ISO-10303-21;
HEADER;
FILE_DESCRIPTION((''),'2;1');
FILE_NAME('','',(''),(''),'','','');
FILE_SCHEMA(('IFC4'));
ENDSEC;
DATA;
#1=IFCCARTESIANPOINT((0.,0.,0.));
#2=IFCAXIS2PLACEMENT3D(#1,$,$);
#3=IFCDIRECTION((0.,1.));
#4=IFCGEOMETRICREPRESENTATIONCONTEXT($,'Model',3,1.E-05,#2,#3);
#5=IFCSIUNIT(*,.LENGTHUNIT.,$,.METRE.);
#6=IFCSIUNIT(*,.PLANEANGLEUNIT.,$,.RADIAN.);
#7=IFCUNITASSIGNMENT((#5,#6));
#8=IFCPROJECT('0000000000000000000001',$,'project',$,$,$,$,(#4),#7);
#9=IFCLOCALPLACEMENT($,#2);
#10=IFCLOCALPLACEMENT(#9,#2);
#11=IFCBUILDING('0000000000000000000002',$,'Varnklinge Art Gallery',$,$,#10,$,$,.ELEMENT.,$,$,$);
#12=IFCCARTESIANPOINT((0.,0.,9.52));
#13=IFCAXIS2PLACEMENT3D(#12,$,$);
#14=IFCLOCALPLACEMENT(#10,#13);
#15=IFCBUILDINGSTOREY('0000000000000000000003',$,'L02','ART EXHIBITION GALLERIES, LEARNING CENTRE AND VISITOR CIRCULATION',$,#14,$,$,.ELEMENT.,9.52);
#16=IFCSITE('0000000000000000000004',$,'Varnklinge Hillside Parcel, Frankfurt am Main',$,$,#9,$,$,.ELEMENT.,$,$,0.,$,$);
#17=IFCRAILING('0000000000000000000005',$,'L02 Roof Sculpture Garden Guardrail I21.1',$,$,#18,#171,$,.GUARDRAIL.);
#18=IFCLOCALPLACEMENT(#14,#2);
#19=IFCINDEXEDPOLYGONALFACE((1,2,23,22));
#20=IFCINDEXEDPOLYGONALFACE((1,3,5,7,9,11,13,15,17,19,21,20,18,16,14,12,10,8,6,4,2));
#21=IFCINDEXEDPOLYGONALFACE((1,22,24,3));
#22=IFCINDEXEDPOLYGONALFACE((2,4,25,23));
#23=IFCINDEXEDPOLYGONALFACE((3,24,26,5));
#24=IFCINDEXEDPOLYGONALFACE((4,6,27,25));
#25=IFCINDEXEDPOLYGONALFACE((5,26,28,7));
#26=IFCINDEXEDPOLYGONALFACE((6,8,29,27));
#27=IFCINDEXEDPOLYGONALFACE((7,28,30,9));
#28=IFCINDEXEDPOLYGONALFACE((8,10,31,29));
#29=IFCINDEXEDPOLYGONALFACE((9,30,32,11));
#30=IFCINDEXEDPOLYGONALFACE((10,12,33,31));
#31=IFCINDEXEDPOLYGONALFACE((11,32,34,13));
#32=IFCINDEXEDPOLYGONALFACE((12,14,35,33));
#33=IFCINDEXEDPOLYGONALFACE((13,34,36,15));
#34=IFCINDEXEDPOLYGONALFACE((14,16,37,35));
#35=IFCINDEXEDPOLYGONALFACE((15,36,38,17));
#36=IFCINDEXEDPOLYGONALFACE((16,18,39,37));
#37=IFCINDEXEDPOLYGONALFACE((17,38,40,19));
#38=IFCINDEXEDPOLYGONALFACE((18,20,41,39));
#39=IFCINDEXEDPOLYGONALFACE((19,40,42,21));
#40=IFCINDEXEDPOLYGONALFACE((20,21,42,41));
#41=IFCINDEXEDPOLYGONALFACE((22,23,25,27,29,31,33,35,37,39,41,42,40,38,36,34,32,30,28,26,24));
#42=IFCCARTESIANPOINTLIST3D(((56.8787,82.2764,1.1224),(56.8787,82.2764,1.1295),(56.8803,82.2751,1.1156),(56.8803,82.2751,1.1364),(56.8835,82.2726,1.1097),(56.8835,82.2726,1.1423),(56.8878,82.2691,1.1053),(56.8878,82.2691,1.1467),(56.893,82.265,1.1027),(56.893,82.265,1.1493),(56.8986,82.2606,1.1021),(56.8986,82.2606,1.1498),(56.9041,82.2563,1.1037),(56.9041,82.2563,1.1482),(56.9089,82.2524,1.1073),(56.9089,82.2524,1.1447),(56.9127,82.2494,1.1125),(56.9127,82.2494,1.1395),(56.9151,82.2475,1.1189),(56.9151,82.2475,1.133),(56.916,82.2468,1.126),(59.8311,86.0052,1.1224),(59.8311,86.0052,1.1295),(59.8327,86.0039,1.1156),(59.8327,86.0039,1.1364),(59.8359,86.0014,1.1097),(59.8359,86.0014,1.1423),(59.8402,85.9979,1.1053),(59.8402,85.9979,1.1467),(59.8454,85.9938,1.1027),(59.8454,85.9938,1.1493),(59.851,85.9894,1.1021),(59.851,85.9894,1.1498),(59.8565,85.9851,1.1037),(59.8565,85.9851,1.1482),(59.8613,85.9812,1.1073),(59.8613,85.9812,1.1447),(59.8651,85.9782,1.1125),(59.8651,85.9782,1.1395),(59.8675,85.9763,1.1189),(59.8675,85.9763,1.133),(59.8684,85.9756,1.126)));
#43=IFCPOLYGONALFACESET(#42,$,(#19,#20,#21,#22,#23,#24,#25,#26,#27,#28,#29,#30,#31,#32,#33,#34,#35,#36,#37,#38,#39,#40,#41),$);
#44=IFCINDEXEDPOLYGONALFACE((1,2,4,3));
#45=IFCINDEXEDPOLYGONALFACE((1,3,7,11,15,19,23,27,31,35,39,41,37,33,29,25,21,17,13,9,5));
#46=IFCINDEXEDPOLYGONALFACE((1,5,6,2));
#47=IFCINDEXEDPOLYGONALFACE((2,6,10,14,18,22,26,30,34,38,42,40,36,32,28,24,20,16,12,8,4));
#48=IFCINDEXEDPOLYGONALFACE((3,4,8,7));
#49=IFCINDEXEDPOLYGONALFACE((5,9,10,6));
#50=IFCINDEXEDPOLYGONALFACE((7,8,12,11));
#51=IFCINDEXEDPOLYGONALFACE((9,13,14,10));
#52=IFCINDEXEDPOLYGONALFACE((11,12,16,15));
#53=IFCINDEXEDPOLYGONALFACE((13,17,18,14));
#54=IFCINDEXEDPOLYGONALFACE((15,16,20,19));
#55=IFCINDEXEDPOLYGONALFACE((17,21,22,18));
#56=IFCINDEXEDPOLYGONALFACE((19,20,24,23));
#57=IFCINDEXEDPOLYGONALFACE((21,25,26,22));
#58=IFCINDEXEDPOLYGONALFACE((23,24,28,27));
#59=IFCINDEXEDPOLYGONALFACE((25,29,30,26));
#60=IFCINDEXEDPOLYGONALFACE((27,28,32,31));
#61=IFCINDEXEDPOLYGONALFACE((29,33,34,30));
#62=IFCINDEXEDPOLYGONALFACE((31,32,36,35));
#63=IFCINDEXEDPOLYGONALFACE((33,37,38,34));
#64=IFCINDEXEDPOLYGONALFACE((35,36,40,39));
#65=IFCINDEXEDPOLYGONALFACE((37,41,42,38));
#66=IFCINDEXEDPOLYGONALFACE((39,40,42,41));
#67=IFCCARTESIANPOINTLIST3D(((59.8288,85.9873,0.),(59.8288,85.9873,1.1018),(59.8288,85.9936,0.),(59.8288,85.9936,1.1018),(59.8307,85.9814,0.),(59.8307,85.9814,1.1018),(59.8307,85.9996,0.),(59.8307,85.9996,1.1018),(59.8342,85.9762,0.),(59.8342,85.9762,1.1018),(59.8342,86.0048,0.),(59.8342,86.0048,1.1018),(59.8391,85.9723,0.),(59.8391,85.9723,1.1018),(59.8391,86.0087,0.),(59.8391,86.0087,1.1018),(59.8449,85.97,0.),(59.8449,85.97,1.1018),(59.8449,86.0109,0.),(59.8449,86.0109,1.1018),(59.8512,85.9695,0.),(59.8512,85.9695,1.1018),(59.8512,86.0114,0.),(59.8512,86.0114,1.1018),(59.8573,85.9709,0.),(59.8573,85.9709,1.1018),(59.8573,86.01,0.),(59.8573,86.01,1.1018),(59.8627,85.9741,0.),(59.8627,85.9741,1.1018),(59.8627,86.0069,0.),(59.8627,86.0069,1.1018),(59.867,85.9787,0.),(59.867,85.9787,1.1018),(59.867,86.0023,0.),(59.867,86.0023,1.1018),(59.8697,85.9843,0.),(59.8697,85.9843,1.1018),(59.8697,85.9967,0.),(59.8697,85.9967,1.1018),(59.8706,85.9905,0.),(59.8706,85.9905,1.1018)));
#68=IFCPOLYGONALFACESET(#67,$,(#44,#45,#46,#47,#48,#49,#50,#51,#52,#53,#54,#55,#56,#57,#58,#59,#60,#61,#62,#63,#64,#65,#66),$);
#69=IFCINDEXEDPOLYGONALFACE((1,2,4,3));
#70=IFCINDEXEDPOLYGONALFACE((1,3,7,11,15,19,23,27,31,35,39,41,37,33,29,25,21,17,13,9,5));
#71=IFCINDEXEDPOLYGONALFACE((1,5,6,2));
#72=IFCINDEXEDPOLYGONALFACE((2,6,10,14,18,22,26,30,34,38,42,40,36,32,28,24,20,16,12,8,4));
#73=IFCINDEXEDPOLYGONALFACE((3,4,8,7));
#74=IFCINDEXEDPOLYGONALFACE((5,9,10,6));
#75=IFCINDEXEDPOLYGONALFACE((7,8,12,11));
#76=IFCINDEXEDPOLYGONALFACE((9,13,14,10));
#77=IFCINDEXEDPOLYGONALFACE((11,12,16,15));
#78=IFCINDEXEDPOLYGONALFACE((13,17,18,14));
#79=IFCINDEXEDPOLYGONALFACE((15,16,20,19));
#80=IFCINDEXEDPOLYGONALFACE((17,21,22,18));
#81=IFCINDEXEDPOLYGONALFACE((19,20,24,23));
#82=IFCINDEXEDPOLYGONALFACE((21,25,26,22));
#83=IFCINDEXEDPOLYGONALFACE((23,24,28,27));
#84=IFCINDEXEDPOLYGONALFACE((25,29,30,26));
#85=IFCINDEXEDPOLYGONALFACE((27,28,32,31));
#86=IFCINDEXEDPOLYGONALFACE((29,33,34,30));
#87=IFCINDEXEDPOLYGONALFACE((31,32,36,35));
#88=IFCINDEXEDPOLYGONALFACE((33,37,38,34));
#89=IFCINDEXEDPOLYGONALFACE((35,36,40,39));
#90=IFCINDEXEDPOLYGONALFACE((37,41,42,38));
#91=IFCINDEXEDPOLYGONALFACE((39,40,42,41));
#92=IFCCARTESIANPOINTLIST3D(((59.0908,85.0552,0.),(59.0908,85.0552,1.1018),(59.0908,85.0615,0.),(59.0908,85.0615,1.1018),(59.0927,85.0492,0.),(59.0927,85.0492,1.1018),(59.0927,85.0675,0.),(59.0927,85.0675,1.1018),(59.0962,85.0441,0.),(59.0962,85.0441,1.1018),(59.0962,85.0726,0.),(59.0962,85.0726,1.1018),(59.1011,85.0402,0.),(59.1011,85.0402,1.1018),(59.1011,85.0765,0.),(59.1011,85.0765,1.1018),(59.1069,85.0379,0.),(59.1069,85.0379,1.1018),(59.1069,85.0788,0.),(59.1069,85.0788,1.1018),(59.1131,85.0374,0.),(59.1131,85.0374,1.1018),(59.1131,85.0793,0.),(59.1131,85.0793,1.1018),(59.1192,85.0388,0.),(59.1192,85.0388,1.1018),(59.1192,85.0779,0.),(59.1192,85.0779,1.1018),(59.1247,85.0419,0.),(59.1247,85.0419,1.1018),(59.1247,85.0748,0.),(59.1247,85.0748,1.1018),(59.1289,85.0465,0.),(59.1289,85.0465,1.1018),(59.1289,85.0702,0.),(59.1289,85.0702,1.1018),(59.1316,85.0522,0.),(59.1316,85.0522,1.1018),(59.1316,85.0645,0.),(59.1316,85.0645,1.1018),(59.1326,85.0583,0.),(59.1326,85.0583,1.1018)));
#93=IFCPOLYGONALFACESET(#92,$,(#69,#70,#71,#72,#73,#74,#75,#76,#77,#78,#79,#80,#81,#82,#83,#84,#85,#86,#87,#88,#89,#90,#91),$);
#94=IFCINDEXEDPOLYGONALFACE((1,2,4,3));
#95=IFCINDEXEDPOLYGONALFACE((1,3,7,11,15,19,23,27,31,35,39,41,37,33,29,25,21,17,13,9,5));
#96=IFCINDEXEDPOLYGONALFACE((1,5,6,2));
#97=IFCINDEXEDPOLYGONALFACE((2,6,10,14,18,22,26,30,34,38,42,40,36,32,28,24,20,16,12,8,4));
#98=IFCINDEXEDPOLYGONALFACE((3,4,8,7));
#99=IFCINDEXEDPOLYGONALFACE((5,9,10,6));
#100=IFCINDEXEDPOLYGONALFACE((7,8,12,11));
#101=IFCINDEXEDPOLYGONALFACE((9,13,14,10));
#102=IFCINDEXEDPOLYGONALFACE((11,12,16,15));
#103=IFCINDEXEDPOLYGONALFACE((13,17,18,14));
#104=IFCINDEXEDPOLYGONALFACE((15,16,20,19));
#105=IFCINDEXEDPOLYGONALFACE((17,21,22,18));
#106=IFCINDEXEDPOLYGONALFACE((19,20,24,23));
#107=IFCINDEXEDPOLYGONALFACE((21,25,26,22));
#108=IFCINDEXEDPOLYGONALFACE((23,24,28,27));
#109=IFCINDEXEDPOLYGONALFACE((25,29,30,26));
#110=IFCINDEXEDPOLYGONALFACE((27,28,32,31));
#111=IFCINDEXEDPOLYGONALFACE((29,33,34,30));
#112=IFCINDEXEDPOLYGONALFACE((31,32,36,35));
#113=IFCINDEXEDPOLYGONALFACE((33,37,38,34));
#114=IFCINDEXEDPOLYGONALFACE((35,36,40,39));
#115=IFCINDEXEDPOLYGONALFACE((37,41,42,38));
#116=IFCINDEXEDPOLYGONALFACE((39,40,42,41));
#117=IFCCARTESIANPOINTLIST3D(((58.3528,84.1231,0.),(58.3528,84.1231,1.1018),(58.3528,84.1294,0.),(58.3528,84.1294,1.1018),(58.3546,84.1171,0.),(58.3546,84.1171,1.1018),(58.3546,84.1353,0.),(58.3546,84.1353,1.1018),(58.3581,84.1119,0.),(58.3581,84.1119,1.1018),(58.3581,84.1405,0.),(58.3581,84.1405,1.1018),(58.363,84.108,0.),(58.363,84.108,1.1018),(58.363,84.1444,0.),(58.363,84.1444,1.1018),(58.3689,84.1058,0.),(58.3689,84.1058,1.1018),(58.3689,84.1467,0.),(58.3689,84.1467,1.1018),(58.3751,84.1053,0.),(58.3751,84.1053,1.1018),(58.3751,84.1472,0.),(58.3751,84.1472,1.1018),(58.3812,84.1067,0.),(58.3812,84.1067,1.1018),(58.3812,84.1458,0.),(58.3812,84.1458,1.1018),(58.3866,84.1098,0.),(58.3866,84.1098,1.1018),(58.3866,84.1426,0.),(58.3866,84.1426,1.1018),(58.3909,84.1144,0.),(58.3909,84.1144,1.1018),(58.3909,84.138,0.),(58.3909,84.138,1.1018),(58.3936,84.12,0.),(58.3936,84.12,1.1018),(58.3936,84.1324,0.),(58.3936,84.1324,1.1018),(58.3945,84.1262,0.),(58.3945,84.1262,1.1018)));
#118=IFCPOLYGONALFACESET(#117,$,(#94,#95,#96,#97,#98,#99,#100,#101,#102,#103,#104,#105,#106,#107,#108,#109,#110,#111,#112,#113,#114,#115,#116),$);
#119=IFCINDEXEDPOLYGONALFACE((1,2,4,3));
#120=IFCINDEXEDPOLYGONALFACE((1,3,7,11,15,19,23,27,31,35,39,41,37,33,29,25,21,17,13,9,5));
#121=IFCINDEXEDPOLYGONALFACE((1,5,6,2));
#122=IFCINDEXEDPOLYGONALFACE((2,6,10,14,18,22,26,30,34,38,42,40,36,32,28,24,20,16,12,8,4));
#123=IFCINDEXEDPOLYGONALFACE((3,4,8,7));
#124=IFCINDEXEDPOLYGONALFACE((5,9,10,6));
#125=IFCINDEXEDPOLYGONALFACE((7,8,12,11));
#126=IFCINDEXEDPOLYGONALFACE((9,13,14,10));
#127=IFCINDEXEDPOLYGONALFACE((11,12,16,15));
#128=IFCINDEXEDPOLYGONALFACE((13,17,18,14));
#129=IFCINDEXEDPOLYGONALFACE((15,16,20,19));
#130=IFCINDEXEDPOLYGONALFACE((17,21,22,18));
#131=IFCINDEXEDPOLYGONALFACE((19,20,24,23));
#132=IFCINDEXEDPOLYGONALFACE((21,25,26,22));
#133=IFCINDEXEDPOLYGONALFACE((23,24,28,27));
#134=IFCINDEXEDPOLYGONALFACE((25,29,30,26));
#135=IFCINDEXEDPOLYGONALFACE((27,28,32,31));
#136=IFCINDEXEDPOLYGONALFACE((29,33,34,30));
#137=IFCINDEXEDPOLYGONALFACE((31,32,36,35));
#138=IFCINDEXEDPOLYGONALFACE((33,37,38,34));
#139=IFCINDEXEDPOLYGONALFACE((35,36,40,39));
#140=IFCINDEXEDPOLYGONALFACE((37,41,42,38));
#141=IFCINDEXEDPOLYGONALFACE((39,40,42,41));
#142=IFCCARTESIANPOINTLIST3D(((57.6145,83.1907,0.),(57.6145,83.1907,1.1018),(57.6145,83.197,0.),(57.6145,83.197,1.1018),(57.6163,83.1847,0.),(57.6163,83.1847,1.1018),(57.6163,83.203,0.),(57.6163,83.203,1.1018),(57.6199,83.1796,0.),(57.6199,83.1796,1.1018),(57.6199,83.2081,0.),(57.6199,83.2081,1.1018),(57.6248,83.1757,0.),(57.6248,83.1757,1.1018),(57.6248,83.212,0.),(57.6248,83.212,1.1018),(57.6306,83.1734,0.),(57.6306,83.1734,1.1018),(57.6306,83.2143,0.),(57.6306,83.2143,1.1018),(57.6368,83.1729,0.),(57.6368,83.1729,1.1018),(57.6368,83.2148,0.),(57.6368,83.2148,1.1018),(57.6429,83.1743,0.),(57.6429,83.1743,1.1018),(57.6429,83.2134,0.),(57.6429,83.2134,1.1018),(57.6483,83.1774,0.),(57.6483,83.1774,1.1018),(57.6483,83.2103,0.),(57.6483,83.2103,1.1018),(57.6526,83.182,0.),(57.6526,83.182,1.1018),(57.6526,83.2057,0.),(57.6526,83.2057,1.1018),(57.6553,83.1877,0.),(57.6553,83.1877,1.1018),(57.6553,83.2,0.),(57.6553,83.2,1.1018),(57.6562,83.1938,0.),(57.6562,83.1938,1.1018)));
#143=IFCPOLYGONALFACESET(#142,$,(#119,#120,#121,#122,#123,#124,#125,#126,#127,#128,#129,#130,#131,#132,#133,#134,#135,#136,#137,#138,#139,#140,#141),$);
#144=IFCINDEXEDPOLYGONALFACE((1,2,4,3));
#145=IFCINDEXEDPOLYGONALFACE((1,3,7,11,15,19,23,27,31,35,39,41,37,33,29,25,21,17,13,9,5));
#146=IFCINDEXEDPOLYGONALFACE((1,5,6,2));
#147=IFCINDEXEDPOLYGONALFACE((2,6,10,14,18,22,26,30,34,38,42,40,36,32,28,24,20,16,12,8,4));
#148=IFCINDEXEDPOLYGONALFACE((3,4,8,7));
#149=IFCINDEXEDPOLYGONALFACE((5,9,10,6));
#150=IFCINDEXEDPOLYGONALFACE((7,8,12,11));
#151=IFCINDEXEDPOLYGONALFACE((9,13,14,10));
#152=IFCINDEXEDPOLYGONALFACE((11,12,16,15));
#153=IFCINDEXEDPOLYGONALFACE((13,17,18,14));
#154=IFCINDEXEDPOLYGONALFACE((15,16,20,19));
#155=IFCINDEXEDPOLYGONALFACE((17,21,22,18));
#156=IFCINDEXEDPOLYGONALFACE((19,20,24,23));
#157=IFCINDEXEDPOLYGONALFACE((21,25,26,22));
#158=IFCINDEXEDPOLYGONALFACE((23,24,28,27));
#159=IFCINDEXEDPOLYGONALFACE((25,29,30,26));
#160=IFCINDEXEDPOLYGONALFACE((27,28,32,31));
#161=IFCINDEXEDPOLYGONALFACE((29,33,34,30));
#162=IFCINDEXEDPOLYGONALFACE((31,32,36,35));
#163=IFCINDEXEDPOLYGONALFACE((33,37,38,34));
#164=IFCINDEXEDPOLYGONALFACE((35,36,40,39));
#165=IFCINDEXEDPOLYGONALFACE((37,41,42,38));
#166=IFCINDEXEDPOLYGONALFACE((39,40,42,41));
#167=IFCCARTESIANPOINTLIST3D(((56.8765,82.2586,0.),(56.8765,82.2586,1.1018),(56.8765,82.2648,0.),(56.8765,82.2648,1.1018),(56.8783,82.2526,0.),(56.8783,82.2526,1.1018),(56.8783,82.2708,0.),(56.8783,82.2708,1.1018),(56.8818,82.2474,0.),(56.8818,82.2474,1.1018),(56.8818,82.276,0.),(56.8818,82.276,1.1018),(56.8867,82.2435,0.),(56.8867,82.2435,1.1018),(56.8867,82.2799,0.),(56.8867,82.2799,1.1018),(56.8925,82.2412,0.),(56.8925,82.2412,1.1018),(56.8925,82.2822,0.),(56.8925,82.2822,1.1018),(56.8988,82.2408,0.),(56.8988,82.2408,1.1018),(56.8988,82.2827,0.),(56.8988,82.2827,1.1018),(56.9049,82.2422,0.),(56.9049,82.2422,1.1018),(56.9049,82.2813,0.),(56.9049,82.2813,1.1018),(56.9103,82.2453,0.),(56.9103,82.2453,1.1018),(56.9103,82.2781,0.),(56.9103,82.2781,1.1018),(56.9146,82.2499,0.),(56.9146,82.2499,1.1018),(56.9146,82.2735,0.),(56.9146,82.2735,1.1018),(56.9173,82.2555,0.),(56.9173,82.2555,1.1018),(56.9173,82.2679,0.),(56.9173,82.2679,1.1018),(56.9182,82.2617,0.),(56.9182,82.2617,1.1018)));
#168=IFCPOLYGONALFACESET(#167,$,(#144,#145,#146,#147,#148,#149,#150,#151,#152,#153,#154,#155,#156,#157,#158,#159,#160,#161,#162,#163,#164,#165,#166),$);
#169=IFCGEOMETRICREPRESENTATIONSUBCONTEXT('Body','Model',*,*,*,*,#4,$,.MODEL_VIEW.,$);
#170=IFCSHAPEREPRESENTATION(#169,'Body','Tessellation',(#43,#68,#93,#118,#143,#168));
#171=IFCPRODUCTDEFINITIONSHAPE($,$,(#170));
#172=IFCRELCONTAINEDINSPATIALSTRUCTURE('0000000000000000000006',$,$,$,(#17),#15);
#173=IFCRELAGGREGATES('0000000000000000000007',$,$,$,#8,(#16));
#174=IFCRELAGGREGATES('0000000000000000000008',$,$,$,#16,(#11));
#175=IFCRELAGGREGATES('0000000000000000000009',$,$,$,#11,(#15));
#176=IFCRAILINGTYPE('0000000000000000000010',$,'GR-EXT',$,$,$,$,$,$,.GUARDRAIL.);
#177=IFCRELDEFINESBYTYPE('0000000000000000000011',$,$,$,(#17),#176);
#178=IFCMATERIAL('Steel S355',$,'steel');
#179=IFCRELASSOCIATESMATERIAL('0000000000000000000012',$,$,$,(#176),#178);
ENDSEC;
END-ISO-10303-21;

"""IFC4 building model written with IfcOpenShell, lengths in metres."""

from ifc_helpers import new_model, si_unit, direction, frame, origin, origin_2d, place, context, subcontext, project, spatial, circle, extrude, material, type_object, element, save


model = new_model("IFC4")

# Units and contexts
model_context = context("Model", 3, precision=1e-05, world=origin(), true_north=direction((0.0, 1.0)))
body_context = subcontext(model_context, "Body", "Model", "MODEL_VIEW")
ifc_project = project(units=[si_unit("LENGTHUNIT", "METRE"), si_unit("PLANEANGLEUNIT", "RADIAN")], contexts=[model_context])

# Site, building, storey
site_placement = place(None, origin())
site = spatial("IfcSite", under=ifc_project, at=site_placement, Name="Varnklinge Hillside Parcel, Frankfurt am Main", CompositionType="ELEMENT", RefElevation=0.0)
building_placement = place(site_placement, origin())
building = spatial("IfcBuilding", under=site, at=building_placement, Name="Varnklinge Art Gallery", CompositionType="ELEMENT")
storey_placement = place(building_placement, frame((0.0, 0.0, 9.52)))
storey = spatial("IfcBuildingStorey", under=building, at=storey_placement, Name="L02", Description="ART EXHIBITION GALLERIES, LEARNING CENTRE AND VISITOR CIRCULATION", CompositionType="ELEMENT", Elevation=9.52)

# Railing
ifc_material_1 = material(Name="Steel S355", Category="steel")
railing_type_1 = type_object("IfcRailingType", Name="GR-EXT", PredefinedType="GUARDRAIL", material=ifc_material_1)
railing_1_placement = place(storey_placement, frame((59.8496, 85.9905, 0.0)))
element("IfcRailing", 1, at=railing_1_placement, inside=storey, type_object=railing_type_1, Name="L02 Roof Sculpture Garden Guardrail I21.1", PredefinedType="GUARDRAIL", context=body_context, shape_type="SweptSolid", body=[
    extrude(circle(Radius=0.0239, at=origin_2d()), frame((0.0, 0.0, 1.126), z_axis=(-0.620762, -0.783999, 0.0), x_axis=(0.783999, -0.620762, 0.0)), (0.0, 0.0, 1.0), 4.7561),
    extrude(circle(Radius=0.021, at=origin_2d()), origin(), (0.0, 0.0, 1.0), 1.1018),
    extrude(circle(Radius=0.021, at=origin_2d()), frame((-0.738, -0.9321, 0.0)), (0.0, 0.0, 1.0), 1.1018),
    extrude(circle(Radius=0.021, at=origin_2d()), frame((-1.4761, -1.8643, 0.0)), (0.0, 0.0, 1.0), 1.1018),
    extrude(circle(Radius=0.021, at=origin_2d()), frame((-2.2144, -2.7966, 0.0)), (0.0, 0.0, 1.0), 1.1018),
    extrude(circle(Radius=0.021, at=origin_2d()), frame((-2.9524, -3.7288, 0.0)), (0.0, 0.0, 1.0), 1.1018),
])

save(model, "model.ifc")
